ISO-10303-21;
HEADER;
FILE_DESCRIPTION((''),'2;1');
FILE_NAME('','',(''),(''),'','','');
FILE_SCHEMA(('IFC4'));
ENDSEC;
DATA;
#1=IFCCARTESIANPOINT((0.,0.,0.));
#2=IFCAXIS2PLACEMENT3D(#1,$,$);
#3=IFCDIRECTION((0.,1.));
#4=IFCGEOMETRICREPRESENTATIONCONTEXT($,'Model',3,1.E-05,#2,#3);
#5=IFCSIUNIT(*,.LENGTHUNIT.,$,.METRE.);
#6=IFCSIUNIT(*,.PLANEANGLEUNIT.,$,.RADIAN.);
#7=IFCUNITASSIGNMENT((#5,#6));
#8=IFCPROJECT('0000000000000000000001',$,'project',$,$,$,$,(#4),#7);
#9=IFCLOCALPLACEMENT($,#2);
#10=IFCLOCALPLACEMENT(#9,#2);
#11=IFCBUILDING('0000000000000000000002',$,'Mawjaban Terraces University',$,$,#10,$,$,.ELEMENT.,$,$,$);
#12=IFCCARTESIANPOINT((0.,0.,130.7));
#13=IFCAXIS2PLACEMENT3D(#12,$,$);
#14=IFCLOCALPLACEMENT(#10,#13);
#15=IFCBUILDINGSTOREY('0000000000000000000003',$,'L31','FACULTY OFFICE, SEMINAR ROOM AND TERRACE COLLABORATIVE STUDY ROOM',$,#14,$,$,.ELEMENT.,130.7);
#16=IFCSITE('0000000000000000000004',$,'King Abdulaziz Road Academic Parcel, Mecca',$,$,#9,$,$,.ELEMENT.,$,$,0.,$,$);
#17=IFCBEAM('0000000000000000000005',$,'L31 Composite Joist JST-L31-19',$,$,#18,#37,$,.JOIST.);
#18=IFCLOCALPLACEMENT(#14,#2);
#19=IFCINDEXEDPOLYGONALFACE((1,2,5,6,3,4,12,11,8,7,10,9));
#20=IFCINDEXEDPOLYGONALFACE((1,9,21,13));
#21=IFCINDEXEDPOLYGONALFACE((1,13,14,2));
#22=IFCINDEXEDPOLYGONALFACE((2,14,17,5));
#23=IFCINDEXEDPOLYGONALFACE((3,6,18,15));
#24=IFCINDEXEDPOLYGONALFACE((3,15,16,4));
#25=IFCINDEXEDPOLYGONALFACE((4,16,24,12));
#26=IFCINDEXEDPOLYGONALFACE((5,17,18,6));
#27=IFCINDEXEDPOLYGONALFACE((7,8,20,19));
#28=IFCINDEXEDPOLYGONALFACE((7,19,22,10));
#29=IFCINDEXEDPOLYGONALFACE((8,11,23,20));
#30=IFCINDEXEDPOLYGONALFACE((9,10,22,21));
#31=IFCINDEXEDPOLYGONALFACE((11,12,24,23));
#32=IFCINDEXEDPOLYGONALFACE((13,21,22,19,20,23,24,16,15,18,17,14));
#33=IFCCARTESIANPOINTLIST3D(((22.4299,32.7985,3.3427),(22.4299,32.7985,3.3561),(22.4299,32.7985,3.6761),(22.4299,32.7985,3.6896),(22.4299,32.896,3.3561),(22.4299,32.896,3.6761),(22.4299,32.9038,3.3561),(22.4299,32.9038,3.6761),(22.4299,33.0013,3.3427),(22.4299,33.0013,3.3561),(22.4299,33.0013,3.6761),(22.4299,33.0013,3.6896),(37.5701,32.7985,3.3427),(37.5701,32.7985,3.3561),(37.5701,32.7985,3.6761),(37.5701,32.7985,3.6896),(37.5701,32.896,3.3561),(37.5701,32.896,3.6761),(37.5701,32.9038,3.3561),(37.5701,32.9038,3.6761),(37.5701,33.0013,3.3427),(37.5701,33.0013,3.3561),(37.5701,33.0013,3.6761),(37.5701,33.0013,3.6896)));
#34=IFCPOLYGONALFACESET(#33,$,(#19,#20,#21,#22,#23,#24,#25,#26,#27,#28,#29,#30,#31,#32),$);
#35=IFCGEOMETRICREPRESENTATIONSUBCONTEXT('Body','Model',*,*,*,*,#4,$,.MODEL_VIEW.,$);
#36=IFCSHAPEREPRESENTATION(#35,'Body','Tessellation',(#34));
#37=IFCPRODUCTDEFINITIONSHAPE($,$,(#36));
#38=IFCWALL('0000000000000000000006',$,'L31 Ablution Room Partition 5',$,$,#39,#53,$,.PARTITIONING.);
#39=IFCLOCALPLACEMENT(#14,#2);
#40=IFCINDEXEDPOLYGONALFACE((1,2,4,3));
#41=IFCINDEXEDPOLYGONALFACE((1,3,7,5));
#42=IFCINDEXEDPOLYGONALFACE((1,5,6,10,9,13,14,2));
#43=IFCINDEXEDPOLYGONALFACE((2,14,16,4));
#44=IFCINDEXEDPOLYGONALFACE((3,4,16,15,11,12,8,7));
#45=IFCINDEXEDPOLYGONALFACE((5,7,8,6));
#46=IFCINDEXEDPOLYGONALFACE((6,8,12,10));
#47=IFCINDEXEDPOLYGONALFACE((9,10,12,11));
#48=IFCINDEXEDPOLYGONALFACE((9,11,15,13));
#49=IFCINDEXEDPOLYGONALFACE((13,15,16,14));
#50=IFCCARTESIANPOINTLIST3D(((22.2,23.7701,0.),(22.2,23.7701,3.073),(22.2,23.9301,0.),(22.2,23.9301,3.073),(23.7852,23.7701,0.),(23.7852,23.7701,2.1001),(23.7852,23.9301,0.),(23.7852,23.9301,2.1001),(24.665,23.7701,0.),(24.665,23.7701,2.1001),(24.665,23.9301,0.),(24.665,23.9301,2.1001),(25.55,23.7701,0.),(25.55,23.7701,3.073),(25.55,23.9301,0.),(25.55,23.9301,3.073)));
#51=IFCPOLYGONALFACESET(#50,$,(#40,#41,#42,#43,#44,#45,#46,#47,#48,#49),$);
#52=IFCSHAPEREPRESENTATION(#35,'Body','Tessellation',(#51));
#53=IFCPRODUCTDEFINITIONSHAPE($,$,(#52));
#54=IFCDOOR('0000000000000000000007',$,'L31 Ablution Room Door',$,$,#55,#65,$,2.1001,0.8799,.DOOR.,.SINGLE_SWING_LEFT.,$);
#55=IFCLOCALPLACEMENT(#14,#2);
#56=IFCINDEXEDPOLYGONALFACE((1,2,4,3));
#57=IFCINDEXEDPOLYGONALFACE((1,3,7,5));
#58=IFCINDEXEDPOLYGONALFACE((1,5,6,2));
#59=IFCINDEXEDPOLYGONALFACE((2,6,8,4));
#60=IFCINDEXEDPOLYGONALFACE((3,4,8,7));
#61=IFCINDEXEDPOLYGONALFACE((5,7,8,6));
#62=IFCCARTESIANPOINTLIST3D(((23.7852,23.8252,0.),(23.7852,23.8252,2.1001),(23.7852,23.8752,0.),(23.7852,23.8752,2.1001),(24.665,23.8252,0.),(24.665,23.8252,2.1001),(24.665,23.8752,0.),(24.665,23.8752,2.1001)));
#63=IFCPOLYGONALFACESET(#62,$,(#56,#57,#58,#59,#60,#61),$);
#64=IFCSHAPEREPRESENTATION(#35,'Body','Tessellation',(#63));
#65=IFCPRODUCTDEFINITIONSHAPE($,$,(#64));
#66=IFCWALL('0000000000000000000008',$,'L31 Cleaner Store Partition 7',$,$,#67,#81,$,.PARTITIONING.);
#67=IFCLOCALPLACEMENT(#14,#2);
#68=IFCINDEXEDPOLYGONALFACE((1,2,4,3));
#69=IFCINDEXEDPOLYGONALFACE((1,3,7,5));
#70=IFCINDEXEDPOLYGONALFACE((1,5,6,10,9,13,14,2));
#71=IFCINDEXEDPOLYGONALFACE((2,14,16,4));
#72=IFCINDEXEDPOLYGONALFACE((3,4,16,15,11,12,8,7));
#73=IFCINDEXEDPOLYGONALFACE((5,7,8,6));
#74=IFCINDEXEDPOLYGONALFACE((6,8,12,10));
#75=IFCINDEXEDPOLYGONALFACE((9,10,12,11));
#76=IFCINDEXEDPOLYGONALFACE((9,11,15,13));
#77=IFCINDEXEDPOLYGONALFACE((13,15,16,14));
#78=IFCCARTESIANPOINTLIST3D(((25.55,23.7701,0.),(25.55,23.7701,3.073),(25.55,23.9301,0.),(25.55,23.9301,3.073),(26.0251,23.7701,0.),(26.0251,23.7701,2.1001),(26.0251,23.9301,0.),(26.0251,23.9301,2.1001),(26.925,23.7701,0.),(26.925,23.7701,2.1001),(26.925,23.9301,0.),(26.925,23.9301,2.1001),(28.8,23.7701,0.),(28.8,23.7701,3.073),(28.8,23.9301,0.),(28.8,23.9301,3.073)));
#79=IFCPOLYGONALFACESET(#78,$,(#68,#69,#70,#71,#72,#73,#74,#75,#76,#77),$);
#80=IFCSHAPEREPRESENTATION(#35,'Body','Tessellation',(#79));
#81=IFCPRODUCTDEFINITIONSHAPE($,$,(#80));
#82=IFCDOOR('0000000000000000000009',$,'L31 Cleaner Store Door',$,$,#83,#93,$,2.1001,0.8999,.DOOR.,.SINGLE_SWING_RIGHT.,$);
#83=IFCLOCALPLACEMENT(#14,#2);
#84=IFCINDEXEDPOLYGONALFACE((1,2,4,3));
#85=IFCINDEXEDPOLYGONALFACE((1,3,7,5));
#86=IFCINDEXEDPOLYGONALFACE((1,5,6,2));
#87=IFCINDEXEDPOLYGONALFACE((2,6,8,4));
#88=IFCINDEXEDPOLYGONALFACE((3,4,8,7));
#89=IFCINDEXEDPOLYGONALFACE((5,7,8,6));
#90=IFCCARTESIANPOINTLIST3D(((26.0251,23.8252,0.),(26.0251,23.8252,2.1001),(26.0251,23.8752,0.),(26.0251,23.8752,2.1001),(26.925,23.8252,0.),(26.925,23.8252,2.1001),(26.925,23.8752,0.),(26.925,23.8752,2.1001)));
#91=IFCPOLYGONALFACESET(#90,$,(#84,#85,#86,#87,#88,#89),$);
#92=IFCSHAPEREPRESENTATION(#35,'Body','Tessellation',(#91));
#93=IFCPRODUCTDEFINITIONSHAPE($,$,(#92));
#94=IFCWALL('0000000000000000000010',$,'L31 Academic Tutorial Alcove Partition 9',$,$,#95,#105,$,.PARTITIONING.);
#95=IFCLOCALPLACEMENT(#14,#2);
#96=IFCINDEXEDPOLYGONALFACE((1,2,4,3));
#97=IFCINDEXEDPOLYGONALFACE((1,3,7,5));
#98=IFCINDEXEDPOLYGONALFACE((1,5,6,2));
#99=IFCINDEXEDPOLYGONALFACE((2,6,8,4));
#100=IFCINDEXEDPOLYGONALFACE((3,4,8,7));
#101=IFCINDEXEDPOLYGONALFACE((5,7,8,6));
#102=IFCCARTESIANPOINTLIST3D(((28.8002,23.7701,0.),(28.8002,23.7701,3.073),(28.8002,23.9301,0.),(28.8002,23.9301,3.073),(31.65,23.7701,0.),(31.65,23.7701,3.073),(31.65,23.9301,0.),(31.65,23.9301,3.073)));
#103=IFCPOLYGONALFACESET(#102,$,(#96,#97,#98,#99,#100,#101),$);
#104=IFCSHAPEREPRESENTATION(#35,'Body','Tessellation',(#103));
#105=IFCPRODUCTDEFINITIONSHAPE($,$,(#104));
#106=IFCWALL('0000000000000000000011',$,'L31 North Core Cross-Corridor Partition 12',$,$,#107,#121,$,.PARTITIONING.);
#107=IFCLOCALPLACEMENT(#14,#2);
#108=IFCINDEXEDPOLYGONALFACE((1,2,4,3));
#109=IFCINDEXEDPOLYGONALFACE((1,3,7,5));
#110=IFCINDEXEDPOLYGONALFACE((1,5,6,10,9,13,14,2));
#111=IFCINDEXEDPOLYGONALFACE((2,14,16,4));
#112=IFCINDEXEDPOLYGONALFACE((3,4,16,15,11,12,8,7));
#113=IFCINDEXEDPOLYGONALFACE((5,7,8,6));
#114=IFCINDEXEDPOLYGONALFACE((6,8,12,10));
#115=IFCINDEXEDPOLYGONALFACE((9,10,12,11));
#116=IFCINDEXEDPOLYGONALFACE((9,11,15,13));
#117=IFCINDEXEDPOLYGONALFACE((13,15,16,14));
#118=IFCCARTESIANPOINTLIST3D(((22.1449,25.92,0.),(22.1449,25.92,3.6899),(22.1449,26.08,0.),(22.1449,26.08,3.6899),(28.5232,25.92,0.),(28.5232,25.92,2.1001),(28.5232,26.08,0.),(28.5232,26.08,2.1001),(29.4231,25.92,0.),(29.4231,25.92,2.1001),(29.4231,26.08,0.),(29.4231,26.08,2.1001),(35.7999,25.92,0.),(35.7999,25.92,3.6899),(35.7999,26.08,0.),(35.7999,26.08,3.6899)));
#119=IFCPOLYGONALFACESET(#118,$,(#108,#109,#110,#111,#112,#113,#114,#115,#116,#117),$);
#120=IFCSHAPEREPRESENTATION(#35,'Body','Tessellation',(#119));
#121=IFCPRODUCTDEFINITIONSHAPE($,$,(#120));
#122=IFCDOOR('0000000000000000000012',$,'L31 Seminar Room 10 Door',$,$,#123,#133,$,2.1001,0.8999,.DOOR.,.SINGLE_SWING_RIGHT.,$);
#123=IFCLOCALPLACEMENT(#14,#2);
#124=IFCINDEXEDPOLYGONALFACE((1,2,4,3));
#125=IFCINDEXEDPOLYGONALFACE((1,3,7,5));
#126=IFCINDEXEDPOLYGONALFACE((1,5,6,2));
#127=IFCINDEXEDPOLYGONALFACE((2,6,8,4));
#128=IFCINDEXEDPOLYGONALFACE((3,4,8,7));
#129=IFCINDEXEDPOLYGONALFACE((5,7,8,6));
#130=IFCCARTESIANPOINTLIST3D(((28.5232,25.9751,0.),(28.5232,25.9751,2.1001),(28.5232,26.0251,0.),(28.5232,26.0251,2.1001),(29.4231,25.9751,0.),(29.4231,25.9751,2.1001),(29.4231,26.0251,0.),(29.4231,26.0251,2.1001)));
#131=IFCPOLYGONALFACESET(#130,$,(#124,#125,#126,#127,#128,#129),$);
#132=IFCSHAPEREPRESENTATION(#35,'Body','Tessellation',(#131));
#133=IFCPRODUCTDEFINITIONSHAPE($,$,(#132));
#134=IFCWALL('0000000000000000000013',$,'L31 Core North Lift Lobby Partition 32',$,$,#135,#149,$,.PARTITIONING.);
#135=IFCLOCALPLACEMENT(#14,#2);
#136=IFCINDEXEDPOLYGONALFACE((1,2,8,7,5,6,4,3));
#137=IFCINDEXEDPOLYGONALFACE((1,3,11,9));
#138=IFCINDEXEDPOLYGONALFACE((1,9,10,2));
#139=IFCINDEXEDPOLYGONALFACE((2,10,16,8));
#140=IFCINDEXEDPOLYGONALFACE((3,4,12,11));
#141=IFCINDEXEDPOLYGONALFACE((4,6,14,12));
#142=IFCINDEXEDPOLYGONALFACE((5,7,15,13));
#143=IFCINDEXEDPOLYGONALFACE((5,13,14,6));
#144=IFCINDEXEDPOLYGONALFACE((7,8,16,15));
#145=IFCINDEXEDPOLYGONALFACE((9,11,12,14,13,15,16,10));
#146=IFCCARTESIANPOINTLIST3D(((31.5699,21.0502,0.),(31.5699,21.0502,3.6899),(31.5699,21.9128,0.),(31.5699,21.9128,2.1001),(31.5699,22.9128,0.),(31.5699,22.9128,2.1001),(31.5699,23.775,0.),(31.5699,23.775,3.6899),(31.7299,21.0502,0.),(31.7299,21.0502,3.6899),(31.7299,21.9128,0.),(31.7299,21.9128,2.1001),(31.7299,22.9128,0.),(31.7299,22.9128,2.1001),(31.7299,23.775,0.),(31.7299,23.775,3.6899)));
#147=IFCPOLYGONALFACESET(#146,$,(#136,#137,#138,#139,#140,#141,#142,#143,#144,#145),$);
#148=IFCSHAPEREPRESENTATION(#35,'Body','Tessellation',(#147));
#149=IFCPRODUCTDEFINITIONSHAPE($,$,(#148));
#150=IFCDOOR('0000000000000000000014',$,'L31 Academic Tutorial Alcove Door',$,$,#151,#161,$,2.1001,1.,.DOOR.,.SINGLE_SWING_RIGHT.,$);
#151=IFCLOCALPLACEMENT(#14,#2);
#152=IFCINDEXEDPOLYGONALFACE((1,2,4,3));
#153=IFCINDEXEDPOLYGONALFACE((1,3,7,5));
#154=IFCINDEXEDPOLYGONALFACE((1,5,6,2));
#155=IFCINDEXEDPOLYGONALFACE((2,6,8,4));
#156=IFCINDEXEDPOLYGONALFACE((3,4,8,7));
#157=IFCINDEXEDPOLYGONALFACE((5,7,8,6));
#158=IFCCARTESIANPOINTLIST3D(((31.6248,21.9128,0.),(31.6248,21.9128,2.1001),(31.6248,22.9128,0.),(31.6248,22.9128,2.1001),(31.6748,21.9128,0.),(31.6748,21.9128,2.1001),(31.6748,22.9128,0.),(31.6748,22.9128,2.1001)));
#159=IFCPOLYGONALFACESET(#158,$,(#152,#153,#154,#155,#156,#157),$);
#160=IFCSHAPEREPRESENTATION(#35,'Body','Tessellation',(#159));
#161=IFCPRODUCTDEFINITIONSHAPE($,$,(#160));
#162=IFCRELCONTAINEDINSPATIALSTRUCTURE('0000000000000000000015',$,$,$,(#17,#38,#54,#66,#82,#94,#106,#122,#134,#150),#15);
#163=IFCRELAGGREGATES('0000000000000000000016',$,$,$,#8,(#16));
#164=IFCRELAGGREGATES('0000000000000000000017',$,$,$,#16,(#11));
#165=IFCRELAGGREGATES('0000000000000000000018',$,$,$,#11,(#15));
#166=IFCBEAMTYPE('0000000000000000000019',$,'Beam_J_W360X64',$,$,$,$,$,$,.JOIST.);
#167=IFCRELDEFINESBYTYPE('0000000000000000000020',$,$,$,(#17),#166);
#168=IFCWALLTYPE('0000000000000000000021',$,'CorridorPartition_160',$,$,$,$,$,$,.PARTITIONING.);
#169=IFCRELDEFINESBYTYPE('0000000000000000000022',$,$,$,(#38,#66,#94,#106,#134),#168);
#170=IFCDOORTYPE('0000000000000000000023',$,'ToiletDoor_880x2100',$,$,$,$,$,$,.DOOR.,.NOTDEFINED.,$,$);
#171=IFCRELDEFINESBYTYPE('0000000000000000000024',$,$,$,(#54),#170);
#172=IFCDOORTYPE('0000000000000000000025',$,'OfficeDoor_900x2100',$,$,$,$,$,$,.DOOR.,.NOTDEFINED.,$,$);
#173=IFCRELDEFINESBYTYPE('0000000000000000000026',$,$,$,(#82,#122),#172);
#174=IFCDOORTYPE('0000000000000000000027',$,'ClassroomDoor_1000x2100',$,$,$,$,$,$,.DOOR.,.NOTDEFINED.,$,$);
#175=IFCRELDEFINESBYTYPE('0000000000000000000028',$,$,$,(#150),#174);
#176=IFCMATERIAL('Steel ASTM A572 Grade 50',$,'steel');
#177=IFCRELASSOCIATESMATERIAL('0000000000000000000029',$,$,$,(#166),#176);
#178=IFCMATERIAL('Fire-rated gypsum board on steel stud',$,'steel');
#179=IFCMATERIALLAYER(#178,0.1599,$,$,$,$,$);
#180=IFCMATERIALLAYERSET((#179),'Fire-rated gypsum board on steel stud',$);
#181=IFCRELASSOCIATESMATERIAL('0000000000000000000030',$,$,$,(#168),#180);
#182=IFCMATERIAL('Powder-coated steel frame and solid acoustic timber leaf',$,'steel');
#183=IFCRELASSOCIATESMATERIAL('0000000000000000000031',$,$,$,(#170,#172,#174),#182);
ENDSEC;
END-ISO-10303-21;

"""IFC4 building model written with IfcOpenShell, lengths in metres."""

from ifc_helpers import new_model, si_unit, direction, frame, frame_2d, origin, origin_2d, place, context, subcontext, project, spatial, rectangle, i_section, extrude, material, layer, layer_set, material_profile, profile_set, type_object, element, fill, save


model = new_model("IFC4")

# Units and contexts
model_context = context("Model", 3, precision=1e-05, world=origin(), true_north=direction((0.0, 1.0)))
body_context = subcontext(model_context, "Body", "Model", "MODEL_VIEW")
ifc_project = project(units=[si_unit("LENGTHUNIT", "METRE"), si_unit("PLANEANGLEUNIT", "RADIAN")], contexts=[model_context])

# Site, building, storey
site_placement = place(None, origin())
site = spatial("IfcSite", under=ifc_project, at=site_placement, Name="King Abdulaziz Road Academic Parcel, Mecca", CompositionType="ELEMENT", RefElevation=0.0)
building_placement = place(site_placement, origin())
building = spatial("IfcBuilding", under=site, at=building_placement, Name="Mawjaban Terraces University", CompositionType="ELEMENT")
storey_placement = place(building_placement, frame((0.0, 0.0, 130.7)))
storey = spatial("IfcBuildingStorey", under=building, at=storey_placement, Name="L31", Description="FACULTY OFFICE, SEMINAR ROOM AND TERRACE COLLABORATIVE STUDY ROOM", CompositionType="ELEMENT", Elevation=130.7)

# Beam
ifc_material_1 = material(Name="Steel ASTM A572 Grade 50", Category="steel")
ifc_material_profile_1 = material_profile(ifc_material_1, i_section(OverallWidth=0.2029, OverallDepth=0.3469, WebThickness=0.0078, FlangeThickness=0.0134, at=origin_2d()), Name="W360X64")
ifc_profile_set_1 = profile_set([ifc_material_profile_1], Name="Steel ASTM A572 Grade 50")
beam_type_1 = type_object("IfcBeamType", Name="Beam_J_W360X64", PredefinedType="JOIST", material=ifc_profile_set_1)
for number, where, z_axis, x_axis, name in (
    (1, (22.4299, 32.8999, 3.5161), (1.0, 0.0, 0.0), (0.0, 1.0, 0.0), "L31 Composite Joist JST-L31-19"),
):
    element("IfcBeam", number, at=place(storey_placement, frame(where, z_axis=z_axis, x_axis=x_axis)), inside=storey, type_object=beam_type_1, Name=name, PredefinedType="JOIST", context=body_context, shape_type="SweptSolid", body=[
        extrude(i_section(OverallWidth=0.2029, OverallDepth=0.3469, WebThickness=0.0078, FlangeThickness=0.0134, at=origin_2d()), origin(), (0.0, 0.0, 1.0), 15.1401),
    ])

# Walls, openings, doors
ifc_material_2 = material(Name="Fire-rated gypsum board on steel stud", Category="steel")
ifc_layer_1 = layer(ifc_material_2, 0.1599)
ifc_layer_set_1 = layer_set([ifc_layer_1], Name="Fire-rated gypsum board on steel stud")
wall_type_1 = type_object("IfcWallType", Name="CorridorPartition_160", PredefinedType="PARTITIONING", material=ifc_layer_set_1)
wall_1_placement = place(storey_placement, frame((25.55, 23.8501, 0.0), z_axis=(0.0, 0.0, 1.0), x_axis=(-1.0, 0.0, 0.0)))
wall_1 = element("IfcWall", 2, at=wall_1_placement, inside=storey, type_object=wall_type_1, Name="L31 Ablution Room Partition 5", PredefinedType="PARTITIONING", context=body_context, shape_type="SweptSolid", body=[
    extrude(rectangle(XDim=3.3501, YDim=0.1599, at=frame_2d((1.675, 0.0))), origin(), (0.0, 0.0, 1.0), 3.073),
])
opening_1_placement = place(wall_1_placement, frame((0.885, 0.0, 0.0)))
opening_1 = element("IfcOpeningElement", 3, at=opening_1_placement, cuts=wall_1, PredefinedType="OPENING", context=body_context, shape_type="SweptSolid", body=[
    extrude(rectangle(XDim=0.8799, YDim=2.1001, at=frame_2d((0.4399, 1.05))), frame((0.0, 0.0898, 0.0), z_axis=(0.0, -1.0, 0.0), x_axis=(1.0, 0.0, 0.0)), (0.0, 0.0, 1.0), 0.1799),
])
ifc_material_3 = material(Name="Powder-coated steel frame and solid acoustic timber leaf", Category="steel")
door_type_1 = type_object("IfcDoorType", Name="ToiletDoor_880x2100", OperationType="NOTDEFINED", PredefinedType="DOOR", material=ifc_material_3)
door_1_placement = place(opening_1_placement, origin())
door_1 = element("IfcDoor", 4, at=door_1_placement, inside=storey, type_object=door_type_1, Name="L31 Ablution Room Door", OperationType="SINGLE_SWING_LEFT", OverallHeight=2.1001, OverallWidth=0.8799, PredefinedType="DOOR", context=body_context, shape_type="SweptSolid", body=[
    extrude(rectangle(XDim=0.8799, YDim=2.1001, at=frame_2d((0.4399, 1.05))), frame((0.0, 0.0249, 0.0), z_axis=(0.0, -1.0, 0.0), x_axis=(1.0, 0.0, 0.0)), (0.0, 0.0, 1.0), 0.05),
])
fill(opening_1, door_1)
wall_2_placement = place(storey_placement, frame((28.8, 23.8501, 0.0), z_axis=(0.0, 0.0, 1.0), x_axis=(-1.0, 0.0, 0.0)))
wall_2 = element("IfcWall", 5, at=wall_2_placement, inside=storey, type_object=wall_type_1, Name="L31 Cleaner Store Partition 7", PredefinedType="PARTITIONING", context=body_context, shape_type="SweptSolid", body=[
    extrude(rectangle(XDim=3.25, YDim=0.1599, at=frame_2d((1.625, 0.0))), origin(), (0.0, 0.0, 1.0), 3.073),
])
opening_2_placement = place(wall_2_placement, frame((1.875, 0.0, 0.0)))
opening_2 = element("IfcOpeningElement", 6, at=opening_2_placement, cuts=wall_2, PredefinedType="OPENING", context=body_context, shape_type="SweptSolid", body=[
    extrude(rectangle(XDim=0.8999, YDim=2.1001, at=frame_2d((0.45, 1.05))), frame((0.0, 0.0898, 0.0), z_axis=(0.0, -1.0, 0.0), x_axis=(1.0, 0.0, 0.0)), (0.0, 0.0, 1.0), 0.1799),
])
door_type_2 = type_object("IfcDoorType", Name="OfficeDoor_900x2100", OperationType="NOTDEFINED", PredefinedType="DOOR", material=ifc_material_3)
door_2_placement = place(opening_2_placement, origin())
door_2 = element("IfcDoor", 7, at=door_2_placement, inside=storey, type_object=door_type_2, Name="L31 Cleaner Store Door", OperationType="SINGLE_SWING_RIGHT", OverallHeight=2.1001, OverallWidth=0.8999, PredefinedType="DOOR", context=body_context, shape_type="SweptSolid", body=[
    extrude(rectangle(XDim=0.8999, YDim=2.1001, at=frame_2d((0.45, 1.05))), frame((0.0, 0.0249, 0.0), z_axis=(0.0, -1.0, 0.0), x_axis=(1.0, 0.0, 0.0)), (0.0, 0.0, 1.0), 0.05),
])
fill(opening_2, door_2)

# Wall
wall_3_placement = place(storey_placement, frame((31.6499, 23.8501, 0.0), z_axis=(0.0, 0.0, 1.0), x_axis=(-1.0, 0.0, 0.0)))
element("IfcWall", 8, at=wall_3_placement, inside=storey, type_object=wall_type_1, Name="L31 Academic Tutorial Alcove Partition 9", PredefinedType="PARTITIONING", context=body_context, shape_type="SweptSolid", body=[
    extrude(rectangle(XDim=2.8499, YDim=0.1599, at=frame_2d((1.4248, 0.0))), origin(), (0.0, 0.0, 1.0), 3.073),
])

# Walls, openings, doors
wall_4_placement = place(storey_placement, frame((35.8, 26.0, 0.0), z_axis=(0.0, 0.0, 1.0), x_axis=(-1.0, 0.0, 0.0)))
wall_4 = element("IfcWall", 9, at=wall_4_placement, inside=storey, type_object=wall_type_1, Name="L31 North Core Cross-Corridor Partition 12", PredefinedType="PARTITIONING", context=body_context, shape_type="SweptSolid", body=[
    extrude(rectangle(XDim=13.655, YDim=0.1599, at=frame_2d((6.8276, 0.0))), origin(), (0.0, 0.0, 1.0), 3.6899),
])
opening_3_placement = place(wall_4_placement, frame((6.377, 0.0, 0.0)))
opening_3 = element("IfcOpeningElement", 10, at=opening_3_placement, cuts=wall_4, PredefinedType="OPENING", context=body_context, shape_type="SweptSolid", body=[
    extrude(rectangle(XDim=0.8999, YDim=2.1001, at=frame_2d((0.45, 1.05))), frame((0.0, 0.0898, 0.0), z_axis=(0.0, -1.0, 0.0), x_axis=(1.0, 0.0, 0.0)), (0.0, 0.0, 1.0), 0.1799),
])
door_3_placement = place(opening_3_placement, origin())
door_3 = element("IfcDoor", 11, at=door_3_placement, inside=storey, type_object=door_type_2, Name="L31 Seminar Room 10 Door", OperationType="SINGLE_SWING_RIGHT", OverallHeight=2.1001, OverallWidth=0.8999, PredefinedType="DOOR", context=body_context, shape_type="SweptSolid", body=[
    extrude(rectangle(XDim=0.8999, YDim=2.1001, at=frame_2d((0.45, 1.05))), frame((0.0, 0.0249, 0.0), z_axis=(0.0, -1.0, 0.0), x_axis=(1.0, 0.0, 0.0)), (0.0, 0.0, 1.0), 0.05),
])
fill(opening_3, door_3)
wall_5_placement = place(storey_placement, frame((31.6499, 23.7749, 0.0), z_axis=(0.0, 0.0, 1.0), x_axis=(0.0, -1.0, 0.0)))
wall_5 = element("IfcWall", 12, at=wall_5_placement, inside=storey, type_object=wall_type_1, Name="L31 Core North Lift Lobby Partition 32", PredefinedType="PARTITIONING", context=body_context, shape_type="SweptSolid", body=[
    extrude(rectangle(XDim=2.7249, YDim=0.1599, at=frame_2d((1.3623, 0.0))), origin(), (0.0, 0.0, 1.0), 3.6899),
])
opening_4_placement = place(wall_5_placement, frame((0.8621, 0.0, 0.0)))
opening_4 = element("IfcOpeningElement", 13, at=opening_4_placement, cuts=wall_5, PredefinedType="OPENING", context=body_context, shape_type="SweptSolid", body=[
    extrude(rectangle(XDim=1.0, YDim=2.1001, at=frame_2d((0.5, 1.05))), frame((0.0, 0.0898, 0.0), z_axis=(0.0, -1.0, 0.0), x_axis=(1.0, 0.0, 0.0)), (0.0, 0.0, 1.0), 0.1799),
])
door_type_3 = type_object("IfcDoorType", Name="ClassroomDoor_1000x2100", OperationType="NOTDEFINED", PredefinedType="DOOR", material=ifc_material_3)
door_4_placement = place(opening_4_placement, origin())
door_4 = element("IfcDoor", 14, at=door_4_placement, inside=storey, type_object=door_type_3, Name="L31 Academic Tutorial Alcove Door", OperationType="SINGLE_SWING_RIGHT", OverallHeight=2.1001, OverallWidth=1.0, PredefinedType="DOOR", context=body_context, shape_type="SweptSolid", body=[
    extrude(rectangle(XDim=1.0, YDim=2.1001, at=frame_2d((0.5, 1.05))), frame((0.0, 0.0249, 0.0), z_axis=(0.0, -1.0, 0.0), x_axis=(1.0, 0.0, 0.0)), (0.0, 0.0, 1.0), 0.05),
])
fill(opening_4, door_4)

save(model, "model.ifc")
